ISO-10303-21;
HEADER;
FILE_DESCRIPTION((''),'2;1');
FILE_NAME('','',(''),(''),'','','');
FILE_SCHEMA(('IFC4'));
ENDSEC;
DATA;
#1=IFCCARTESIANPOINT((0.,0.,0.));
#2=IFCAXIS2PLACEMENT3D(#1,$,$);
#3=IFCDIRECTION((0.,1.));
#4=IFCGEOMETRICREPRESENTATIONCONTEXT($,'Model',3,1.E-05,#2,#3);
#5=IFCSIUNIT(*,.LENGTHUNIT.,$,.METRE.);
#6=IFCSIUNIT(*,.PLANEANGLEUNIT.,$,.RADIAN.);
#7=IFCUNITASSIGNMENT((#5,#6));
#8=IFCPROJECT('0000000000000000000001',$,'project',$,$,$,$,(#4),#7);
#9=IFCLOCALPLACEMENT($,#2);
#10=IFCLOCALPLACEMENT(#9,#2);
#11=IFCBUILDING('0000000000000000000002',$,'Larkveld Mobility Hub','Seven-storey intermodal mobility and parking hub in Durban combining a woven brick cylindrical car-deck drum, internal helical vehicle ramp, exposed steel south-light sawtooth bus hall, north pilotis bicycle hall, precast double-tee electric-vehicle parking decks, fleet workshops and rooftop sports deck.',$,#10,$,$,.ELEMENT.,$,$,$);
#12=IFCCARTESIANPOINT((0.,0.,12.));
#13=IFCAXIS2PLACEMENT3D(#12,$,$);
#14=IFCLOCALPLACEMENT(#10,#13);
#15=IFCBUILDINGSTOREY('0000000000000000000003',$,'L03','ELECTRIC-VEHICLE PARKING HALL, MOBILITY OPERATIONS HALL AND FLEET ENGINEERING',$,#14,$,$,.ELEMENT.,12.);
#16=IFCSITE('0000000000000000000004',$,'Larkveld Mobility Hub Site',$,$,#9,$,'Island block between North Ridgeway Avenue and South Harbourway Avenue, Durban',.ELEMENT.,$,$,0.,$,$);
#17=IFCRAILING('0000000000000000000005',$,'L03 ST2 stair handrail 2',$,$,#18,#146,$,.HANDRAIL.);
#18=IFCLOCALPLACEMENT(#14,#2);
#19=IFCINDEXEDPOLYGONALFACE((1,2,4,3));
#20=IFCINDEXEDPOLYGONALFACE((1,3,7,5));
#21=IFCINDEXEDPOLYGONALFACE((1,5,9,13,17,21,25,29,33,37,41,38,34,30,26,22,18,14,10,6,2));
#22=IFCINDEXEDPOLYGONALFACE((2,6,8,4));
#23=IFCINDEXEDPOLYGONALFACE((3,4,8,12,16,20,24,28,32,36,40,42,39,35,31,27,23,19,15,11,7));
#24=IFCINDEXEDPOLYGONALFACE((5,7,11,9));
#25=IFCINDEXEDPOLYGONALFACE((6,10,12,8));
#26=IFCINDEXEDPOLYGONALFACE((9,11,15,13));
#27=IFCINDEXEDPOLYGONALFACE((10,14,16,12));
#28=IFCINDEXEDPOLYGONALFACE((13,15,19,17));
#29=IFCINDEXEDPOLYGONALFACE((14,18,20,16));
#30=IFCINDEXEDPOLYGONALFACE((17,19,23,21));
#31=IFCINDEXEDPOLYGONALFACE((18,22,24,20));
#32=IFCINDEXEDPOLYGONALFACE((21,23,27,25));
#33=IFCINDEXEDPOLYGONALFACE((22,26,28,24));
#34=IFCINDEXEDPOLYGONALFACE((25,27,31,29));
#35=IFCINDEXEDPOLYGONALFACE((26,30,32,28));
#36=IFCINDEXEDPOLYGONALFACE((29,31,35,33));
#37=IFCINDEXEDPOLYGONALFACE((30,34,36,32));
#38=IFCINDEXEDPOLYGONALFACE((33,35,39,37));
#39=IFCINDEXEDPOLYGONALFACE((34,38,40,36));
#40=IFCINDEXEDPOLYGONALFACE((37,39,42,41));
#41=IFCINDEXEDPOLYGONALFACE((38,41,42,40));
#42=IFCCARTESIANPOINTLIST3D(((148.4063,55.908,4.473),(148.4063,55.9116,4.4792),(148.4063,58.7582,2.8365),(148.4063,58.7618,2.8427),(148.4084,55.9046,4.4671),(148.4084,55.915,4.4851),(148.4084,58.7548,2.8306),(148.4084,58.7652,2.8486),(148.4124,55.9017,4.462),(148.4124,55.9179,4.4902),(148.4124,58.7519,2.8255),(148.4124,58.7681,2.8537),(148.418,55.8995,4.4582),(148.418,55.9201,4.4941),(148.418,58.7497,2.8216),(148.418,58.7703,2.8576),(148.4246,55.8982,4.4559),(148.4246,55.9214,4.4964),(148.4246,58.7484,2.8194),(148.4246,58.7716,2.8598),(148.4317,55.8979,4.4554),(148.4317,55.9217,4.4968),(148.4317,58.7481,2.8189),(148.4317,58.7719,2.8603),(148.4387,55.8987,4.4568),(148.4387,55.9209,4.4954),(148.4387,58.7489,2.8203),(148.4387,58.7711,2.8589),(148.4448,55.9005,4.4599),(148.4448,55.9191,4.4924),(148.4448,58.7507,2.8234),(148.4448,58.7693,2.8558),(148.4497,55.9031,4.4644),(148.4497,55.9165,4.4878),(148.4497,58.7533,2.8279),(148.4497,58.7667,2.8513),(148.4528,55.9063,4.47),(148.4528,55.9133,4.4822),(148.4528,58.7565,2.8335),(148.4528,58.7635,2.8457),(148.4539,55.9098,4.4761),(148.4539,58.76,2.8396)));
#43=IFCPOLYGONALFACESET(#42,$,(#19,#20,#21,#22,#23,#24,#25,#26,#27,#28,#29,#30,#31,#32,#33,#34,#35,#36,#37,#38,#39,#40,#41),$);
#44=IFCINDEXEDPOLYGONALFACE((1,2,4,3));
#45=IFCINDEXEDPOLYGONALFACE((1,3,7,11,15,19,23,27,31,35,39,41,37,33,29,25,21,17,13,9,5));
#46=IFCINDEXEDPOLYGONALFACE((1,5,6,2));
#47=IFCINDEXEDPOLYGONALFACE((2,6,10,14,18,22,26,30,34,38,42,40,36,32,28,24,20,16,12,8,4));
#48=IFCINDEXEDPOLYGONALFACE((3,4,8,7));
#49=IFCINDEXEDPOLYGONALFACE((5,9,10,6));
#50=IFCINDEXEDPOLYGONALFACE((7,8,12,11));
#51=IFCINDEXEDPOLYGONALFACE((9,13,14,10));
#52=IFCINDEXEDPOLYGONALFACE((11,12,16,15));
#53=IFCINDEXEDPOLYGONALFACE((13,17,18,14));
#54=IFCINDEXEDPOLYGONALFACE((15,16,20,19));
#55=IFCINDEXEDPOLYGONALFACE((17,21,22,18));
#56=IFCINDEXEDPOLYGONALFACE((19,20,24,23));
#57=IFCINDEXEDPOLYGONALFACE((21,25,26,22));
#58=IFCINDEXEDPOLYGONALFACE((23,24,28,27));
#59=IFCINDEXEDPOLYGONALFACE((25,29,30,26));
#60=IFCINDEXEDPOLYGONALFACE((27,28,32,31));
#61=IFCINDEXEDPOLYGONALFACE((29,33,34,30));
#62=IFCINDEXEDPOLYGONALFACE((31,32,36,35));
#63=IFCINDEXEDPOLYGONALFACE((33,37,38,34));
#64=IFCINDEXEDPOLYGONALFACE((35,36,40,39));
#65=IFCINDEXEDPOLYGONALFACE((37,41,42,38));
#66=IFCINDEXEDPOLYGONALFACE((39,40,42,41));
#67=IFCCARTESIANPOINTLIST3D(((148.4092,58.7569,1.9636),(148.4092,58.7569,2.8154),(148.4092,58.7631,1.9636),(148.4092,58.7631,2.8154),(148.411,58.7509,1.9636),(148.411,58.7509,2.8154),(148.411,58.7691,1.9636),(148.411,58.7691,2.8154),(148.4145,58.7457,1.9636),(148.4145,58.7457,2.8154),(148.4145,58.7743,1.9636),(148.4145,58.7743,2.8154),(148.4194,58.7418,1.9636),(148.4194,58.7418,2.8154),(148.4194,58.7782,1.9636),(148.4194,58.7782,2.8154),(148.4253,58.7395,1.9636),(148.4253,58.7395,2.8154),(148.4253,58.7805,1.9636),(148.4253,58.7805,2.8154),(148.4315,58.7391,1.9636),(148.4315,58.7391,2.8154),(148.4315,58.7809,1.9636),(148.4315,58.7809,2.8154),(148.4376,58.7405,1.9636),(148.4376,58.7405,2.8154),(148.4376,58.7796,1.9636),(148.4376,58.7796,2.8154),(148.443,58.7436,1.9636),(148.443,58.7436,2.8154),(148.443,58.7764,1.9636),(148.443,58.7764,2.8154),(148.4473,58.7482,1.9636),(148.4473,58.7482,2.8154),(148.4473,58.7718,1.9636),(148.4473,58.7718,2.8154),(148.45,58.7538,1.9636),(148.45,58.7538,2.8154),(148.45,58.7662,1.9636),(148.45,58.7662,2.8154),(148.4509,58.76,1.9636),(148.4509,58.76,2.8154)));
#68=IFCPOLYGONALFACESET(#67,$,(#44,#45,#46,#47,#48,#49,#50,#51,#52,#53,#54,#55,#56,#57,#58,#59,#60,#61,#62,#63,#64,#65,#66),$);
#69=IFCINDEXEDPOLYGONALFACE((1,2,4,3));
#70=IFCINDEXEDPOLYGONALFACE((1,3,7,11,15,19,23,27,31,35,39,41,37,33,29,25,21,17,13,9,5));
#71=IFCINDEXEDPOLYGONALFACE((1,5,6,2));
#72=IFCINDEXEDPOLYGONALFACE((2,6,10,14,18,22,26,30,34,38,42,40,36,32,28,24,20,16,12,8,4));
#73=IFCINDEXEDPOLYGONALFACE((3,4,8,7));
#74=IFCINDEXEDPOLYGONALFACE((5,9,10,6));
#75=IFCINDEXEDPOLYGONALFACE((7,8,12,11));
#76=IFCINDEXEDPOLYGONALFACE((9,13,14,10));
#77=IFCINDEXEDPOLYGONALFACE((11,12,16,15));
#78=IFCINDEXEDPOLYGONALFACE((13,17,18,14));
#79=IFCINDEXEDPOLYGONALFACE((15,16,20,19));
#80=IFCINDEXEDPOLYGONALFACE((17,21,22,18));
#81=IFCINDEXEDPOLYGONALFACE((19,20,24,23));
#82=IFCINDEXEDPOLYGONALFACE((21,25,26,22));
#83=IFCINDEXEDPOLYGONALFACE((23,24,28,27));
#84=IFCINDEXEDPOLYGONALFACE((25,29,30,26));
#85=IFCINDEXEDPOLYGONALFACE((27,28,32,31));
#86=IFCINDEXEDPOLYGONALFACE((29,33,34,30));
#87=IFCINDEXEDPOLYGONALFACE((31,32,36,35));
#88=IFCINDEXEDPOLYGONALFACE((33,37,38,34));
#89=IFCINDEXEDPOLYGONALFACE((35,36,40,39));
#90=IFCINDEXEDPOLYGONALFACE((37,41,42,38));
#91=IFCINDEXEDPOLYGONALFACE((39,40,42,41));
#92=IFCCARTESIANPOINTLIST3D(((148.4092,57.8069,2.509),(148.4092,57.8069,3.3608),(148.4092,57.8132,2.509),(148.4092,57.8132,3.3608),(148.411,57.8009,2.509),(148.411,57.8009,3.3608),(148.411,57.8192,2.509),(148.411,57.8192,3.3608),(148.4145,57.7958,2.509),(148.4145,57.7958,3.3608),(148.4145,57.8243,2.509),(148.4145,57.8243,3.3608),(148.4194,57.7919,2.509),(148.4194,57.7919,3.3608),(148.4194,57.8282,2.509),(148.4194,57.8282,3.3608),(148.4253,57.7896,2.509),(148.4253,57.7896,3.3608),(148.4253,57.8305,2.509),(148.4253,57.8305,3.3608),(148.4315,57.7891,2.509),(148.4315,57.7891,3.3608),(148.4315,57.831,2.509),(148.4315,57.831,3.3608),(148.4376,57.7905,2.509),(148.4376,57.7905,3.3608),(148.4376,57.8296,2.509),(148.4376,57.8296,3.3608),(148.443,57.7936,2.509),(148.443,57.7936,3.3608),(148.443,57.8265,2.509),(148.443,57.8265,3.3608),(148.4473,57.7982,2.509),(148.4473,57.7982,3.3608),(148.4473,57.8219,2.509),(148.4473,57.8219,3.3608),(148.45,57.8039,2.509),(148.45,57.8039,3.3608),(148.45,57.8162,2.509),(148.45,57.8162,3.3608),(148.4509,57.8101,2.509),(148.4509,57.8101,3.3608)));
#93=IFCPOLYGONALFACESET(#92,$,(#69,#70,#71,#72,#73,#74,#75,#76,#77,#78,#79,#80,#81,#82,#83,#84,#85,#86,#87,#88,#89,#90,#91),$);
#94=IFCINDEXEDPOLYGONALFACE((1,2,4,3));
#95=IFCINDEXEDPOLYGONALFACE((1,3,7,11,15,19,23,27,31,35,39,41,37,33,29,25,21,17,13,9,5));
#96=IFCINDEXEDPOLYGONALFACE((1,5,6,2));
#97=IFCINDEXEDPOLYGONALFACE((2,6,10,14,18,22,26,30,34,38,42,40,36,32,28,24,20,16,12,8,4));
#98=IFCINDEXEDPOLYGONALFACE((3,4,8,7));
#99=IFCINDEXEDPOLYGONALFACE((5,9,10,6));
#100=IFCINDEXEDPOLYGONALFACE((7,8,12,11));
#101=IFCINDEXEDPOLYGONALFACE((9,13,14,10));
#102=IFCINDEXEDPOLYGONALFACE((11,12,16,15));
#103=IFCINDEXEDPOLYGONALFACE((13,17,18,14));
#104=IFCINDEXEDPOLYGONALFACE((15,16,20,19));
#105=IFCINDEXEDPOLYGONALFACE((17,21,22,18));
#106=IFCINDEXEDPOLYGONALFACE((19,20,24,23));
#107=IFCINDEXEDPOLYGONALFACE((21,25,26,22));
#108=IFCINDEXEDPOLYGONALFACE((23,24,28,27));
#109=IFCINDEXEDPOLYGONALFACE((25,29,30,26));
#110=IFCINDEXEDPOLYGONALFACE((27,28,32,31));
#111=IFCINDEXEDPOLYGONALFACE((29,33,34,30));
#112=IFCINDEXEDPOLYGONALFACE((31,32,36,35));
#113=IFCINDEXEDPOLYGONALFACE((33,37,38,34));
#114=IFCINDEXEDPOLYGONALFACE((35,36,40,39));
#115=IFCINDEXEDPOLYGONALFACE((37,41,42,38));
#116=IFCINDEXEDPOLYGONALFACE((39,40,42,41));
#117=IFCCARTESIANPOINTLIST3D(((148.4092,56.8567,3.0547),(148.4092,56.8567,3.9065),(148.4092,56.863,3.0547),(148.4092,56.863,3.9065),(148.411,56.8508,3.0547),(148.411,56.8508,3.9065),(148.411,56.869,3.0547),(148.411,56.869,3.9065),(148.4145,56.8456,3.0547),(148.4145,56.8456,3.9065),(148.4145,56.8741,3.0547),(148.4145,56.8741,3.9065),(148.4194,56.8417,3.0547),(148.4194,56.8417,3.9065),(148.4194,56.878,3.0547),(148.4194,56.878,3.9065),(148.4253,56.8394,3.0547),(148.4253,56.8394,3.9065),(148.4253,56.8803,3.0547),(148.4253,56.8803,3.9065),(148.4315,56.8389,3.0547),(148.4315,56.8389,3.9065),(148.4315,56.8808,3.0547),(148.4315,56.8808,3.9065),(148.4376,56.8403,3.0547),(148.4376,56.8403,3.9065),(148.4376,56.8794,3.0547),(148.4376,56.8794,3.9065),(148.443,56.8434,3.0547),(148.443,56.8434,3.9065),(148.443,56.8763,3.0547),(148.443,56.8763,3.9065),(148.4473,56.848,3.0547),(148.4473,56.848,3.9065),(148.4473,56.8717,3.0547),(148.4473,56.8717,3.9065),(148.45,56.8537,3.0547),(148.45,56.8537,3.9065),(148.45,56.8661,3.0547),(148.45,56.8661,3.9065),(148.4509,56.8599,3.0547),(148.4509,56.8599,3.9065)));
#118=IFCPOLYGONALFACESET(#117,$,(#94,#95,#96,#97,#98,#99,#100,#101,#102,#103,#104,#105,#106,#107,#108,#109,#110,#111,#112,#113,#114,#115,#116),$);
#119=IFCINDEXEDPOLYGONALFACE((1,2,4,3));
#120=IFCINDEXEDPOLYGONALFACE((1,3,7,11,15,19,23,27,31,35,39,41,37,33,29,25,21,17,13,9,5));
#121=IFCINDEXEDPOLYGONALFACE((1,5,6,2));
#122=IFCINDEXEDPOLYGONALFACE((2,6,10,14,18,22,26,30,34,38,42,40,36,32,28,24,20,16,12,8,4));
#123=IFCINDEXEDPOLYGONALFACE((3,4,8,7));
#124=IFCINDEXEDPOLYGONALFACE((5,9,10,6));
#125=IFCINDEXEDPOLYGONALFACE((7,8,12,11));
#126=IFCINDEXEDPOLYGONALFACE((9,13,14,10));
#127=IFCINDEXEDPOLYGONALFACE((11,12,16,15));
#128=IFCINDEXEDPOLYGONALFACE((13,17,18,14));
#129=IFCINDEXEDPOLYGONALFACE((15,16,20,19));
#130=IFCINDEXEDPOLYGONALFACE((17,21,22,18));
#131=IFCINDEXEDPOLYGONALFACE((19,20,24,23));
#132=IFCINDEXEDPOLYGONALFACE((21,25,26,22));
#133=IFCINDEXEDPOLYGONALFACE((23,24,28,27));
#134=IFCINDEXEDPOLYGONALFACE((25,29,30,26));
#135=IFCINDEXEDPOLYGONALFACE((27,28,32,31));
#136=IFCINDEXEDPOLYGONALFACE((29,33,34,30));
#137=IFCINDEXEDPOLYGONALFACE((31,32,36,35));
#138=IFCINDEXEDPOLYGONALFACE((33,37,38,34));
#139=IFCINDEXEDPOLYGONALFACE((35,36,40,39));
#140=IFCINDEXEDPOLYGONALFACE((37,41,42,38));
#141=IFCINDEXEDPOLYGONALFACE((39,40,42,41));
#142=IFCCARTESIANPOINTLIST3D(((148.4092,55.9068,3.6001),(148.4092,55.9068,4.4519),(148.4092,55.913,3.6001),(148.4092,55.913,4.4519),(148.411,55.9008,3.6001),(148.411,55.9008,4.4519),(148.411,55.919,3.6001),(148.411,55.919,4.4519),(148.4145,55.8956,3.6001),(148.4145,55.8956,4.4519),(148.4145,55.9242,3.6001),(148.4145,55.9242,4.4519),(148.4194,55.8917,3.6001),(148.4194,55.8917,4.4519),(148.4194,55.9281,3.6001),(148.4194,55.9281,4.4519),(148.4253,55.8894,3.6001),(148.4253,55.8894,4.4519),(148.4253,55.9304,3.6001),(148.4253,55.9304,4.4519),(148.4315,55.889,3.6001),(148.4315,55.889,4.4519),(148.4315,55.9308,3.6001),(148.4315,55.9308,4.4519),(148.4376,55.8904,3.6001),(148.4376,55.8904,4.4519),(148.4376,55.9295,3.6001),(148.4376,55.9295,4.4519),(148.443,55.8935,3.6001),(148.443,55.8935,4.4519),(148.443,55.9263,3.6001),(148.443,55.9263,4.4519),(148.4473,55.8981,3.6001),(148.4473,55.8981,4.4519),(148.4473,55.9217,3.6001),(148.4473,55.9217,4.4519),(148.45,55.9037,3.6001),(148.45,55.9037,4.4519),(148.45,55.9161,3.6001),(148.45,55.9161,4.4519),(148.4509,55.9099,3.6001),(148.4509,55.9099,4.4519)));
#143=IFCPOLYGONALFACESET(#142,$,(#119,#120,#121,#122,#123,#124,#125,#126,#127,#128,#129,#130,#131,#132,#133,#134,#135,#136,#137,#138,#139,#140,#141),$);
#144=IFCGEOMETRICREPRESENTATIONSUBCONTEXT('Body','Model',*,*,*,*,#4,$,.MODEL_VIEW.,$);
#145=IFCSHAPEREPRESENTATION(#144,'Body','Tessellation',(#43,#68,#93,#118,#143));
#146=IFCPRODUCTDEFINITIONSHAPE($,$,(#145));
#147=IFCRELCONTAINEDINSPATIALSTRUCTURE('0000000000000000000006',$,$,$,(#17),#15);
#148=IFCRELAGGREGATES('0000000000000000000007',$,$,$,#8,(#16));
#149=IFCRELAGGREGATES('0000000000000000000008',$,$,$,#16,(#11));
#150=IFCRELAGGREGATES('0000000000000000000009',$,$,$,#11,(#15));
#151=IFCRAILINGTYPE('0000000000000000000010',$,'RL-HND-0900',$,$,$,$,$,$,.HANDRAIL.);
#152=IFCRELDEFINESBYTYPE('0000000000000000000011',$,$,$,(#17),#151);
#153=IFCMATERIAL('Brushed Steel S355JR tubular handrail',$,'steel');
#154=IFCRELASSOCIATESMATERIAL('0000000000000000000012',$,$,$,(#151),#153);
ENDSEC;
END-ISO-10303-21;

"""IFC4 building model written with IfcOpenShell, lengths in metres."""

from ifc_helpers import new_model, si_unit, direction, frame, origin, origin_2d, place, context, subcontext, project, spatial, circle, extrude, material, type_object, element, save


model = new_model("IFC4")

# Units and contexts
model_context = context("Model", 3, precision=1e-05, world=origin(), true_north=direction((0.0, 1.0)))
body_context = subcontext(model_context, "Body", "Model", "MODEL_VIEW")
ifc_project = project(units=[si_unit("LENGTHUNIT", "METRE"), si_unit("PLANEANGLEUNIT", "RADIAN")], contexts=[model_context])

# Site, building, storey
site_placement = place(None, origin())
site = spatial("IfcSite", under=ifc_project, at=site_placement, Name="Larkveld Mobility Hub Site", LongName="Island block between North Ridgeway Avenue and South Harbourway Avenue, Durban", CompositionType="ELEMENT", RefElevation=0.0)
building_placement = place(site_placement, origin())
building = spatial("IfcBuilding", under=site, at=building_placement, Name="Larkveld Mobility Hub", Description="Seven-storey intermodal mobility and parking hub in Durban combining a woven brick cylindrical car-deck drum, internal helical vehicle ramp, exposed steel south-light sawtooth bus hall, north pilotis bicycle hall, precast double-tee electric-vehicle parking decks, fleet workshops and rooftop sports deck.", CompositionType="ELEMENT")
storey_placement = place(building_placement, frame((0.0, 0.0, 12.0)))
storey = spatial("IfcBuildingStorey", under=building, at=storey_placement, Name="L03", Description="ELECTRIC-VEHICLE PARKING HALL, MOBILITY OPERATIONS HALL AND FLEET ENGINEERING", CompositionType="ELEMENT", Elevation=12.0)

# Railing
ifc_material_1 = material(Name="Brushed Steel S355JR tubular handrail", Category="steel")
railing_type_1 = type_object("IfcRailingType", Name="RL-HND-0900", PredefinedType="HANDRAIL", material=ifc_material_1)
railing_1_placement = place(storey_placement, frame((148.4299, 58.76, 1.9636)))
element("IfcRailing", 1, at=railing_1_placement, inside=storey, type_object=railing_type_1, Name="L03 ST2 stair handrail 2", PredefinedType="HANDRAIL", context=body_context, shape_type="SweptSolid", body=[
    extrude(circle(Radius=0.0239, at=origin_2d()), frame((0.0, 0.0, 0.876), z_axis=(0.0, -0.867213, 0.497938), x_axis=(1.0, 0.0, 0.0)), (0.0, 0.0, 1.0), 3.2866),
    extrude(circle(Radius=0.021, at=origin_2d()), origin(), (0.0, 0.0, 1.0), 0.8518),
    extrude(circle(Radius=0.021, at=origin_2d()), frame((0.0, -0.95, 0.5454)), (0.0, 0.0, 1.0), 0.8518),
    extrude(circle(Radius=0.021, at=origin_2d()), frame((0.0, -1.9001, 1.0911)), (0.0, 0.0, 1.0), 0.8518),
    extrude(circle(Radius=0.021, at=origin_2d()), frame((0.0, -2.8501, 1.6365)), (0.0, 0.0, 1.0), 0.8518),
])

save(model, "model.ifc")
